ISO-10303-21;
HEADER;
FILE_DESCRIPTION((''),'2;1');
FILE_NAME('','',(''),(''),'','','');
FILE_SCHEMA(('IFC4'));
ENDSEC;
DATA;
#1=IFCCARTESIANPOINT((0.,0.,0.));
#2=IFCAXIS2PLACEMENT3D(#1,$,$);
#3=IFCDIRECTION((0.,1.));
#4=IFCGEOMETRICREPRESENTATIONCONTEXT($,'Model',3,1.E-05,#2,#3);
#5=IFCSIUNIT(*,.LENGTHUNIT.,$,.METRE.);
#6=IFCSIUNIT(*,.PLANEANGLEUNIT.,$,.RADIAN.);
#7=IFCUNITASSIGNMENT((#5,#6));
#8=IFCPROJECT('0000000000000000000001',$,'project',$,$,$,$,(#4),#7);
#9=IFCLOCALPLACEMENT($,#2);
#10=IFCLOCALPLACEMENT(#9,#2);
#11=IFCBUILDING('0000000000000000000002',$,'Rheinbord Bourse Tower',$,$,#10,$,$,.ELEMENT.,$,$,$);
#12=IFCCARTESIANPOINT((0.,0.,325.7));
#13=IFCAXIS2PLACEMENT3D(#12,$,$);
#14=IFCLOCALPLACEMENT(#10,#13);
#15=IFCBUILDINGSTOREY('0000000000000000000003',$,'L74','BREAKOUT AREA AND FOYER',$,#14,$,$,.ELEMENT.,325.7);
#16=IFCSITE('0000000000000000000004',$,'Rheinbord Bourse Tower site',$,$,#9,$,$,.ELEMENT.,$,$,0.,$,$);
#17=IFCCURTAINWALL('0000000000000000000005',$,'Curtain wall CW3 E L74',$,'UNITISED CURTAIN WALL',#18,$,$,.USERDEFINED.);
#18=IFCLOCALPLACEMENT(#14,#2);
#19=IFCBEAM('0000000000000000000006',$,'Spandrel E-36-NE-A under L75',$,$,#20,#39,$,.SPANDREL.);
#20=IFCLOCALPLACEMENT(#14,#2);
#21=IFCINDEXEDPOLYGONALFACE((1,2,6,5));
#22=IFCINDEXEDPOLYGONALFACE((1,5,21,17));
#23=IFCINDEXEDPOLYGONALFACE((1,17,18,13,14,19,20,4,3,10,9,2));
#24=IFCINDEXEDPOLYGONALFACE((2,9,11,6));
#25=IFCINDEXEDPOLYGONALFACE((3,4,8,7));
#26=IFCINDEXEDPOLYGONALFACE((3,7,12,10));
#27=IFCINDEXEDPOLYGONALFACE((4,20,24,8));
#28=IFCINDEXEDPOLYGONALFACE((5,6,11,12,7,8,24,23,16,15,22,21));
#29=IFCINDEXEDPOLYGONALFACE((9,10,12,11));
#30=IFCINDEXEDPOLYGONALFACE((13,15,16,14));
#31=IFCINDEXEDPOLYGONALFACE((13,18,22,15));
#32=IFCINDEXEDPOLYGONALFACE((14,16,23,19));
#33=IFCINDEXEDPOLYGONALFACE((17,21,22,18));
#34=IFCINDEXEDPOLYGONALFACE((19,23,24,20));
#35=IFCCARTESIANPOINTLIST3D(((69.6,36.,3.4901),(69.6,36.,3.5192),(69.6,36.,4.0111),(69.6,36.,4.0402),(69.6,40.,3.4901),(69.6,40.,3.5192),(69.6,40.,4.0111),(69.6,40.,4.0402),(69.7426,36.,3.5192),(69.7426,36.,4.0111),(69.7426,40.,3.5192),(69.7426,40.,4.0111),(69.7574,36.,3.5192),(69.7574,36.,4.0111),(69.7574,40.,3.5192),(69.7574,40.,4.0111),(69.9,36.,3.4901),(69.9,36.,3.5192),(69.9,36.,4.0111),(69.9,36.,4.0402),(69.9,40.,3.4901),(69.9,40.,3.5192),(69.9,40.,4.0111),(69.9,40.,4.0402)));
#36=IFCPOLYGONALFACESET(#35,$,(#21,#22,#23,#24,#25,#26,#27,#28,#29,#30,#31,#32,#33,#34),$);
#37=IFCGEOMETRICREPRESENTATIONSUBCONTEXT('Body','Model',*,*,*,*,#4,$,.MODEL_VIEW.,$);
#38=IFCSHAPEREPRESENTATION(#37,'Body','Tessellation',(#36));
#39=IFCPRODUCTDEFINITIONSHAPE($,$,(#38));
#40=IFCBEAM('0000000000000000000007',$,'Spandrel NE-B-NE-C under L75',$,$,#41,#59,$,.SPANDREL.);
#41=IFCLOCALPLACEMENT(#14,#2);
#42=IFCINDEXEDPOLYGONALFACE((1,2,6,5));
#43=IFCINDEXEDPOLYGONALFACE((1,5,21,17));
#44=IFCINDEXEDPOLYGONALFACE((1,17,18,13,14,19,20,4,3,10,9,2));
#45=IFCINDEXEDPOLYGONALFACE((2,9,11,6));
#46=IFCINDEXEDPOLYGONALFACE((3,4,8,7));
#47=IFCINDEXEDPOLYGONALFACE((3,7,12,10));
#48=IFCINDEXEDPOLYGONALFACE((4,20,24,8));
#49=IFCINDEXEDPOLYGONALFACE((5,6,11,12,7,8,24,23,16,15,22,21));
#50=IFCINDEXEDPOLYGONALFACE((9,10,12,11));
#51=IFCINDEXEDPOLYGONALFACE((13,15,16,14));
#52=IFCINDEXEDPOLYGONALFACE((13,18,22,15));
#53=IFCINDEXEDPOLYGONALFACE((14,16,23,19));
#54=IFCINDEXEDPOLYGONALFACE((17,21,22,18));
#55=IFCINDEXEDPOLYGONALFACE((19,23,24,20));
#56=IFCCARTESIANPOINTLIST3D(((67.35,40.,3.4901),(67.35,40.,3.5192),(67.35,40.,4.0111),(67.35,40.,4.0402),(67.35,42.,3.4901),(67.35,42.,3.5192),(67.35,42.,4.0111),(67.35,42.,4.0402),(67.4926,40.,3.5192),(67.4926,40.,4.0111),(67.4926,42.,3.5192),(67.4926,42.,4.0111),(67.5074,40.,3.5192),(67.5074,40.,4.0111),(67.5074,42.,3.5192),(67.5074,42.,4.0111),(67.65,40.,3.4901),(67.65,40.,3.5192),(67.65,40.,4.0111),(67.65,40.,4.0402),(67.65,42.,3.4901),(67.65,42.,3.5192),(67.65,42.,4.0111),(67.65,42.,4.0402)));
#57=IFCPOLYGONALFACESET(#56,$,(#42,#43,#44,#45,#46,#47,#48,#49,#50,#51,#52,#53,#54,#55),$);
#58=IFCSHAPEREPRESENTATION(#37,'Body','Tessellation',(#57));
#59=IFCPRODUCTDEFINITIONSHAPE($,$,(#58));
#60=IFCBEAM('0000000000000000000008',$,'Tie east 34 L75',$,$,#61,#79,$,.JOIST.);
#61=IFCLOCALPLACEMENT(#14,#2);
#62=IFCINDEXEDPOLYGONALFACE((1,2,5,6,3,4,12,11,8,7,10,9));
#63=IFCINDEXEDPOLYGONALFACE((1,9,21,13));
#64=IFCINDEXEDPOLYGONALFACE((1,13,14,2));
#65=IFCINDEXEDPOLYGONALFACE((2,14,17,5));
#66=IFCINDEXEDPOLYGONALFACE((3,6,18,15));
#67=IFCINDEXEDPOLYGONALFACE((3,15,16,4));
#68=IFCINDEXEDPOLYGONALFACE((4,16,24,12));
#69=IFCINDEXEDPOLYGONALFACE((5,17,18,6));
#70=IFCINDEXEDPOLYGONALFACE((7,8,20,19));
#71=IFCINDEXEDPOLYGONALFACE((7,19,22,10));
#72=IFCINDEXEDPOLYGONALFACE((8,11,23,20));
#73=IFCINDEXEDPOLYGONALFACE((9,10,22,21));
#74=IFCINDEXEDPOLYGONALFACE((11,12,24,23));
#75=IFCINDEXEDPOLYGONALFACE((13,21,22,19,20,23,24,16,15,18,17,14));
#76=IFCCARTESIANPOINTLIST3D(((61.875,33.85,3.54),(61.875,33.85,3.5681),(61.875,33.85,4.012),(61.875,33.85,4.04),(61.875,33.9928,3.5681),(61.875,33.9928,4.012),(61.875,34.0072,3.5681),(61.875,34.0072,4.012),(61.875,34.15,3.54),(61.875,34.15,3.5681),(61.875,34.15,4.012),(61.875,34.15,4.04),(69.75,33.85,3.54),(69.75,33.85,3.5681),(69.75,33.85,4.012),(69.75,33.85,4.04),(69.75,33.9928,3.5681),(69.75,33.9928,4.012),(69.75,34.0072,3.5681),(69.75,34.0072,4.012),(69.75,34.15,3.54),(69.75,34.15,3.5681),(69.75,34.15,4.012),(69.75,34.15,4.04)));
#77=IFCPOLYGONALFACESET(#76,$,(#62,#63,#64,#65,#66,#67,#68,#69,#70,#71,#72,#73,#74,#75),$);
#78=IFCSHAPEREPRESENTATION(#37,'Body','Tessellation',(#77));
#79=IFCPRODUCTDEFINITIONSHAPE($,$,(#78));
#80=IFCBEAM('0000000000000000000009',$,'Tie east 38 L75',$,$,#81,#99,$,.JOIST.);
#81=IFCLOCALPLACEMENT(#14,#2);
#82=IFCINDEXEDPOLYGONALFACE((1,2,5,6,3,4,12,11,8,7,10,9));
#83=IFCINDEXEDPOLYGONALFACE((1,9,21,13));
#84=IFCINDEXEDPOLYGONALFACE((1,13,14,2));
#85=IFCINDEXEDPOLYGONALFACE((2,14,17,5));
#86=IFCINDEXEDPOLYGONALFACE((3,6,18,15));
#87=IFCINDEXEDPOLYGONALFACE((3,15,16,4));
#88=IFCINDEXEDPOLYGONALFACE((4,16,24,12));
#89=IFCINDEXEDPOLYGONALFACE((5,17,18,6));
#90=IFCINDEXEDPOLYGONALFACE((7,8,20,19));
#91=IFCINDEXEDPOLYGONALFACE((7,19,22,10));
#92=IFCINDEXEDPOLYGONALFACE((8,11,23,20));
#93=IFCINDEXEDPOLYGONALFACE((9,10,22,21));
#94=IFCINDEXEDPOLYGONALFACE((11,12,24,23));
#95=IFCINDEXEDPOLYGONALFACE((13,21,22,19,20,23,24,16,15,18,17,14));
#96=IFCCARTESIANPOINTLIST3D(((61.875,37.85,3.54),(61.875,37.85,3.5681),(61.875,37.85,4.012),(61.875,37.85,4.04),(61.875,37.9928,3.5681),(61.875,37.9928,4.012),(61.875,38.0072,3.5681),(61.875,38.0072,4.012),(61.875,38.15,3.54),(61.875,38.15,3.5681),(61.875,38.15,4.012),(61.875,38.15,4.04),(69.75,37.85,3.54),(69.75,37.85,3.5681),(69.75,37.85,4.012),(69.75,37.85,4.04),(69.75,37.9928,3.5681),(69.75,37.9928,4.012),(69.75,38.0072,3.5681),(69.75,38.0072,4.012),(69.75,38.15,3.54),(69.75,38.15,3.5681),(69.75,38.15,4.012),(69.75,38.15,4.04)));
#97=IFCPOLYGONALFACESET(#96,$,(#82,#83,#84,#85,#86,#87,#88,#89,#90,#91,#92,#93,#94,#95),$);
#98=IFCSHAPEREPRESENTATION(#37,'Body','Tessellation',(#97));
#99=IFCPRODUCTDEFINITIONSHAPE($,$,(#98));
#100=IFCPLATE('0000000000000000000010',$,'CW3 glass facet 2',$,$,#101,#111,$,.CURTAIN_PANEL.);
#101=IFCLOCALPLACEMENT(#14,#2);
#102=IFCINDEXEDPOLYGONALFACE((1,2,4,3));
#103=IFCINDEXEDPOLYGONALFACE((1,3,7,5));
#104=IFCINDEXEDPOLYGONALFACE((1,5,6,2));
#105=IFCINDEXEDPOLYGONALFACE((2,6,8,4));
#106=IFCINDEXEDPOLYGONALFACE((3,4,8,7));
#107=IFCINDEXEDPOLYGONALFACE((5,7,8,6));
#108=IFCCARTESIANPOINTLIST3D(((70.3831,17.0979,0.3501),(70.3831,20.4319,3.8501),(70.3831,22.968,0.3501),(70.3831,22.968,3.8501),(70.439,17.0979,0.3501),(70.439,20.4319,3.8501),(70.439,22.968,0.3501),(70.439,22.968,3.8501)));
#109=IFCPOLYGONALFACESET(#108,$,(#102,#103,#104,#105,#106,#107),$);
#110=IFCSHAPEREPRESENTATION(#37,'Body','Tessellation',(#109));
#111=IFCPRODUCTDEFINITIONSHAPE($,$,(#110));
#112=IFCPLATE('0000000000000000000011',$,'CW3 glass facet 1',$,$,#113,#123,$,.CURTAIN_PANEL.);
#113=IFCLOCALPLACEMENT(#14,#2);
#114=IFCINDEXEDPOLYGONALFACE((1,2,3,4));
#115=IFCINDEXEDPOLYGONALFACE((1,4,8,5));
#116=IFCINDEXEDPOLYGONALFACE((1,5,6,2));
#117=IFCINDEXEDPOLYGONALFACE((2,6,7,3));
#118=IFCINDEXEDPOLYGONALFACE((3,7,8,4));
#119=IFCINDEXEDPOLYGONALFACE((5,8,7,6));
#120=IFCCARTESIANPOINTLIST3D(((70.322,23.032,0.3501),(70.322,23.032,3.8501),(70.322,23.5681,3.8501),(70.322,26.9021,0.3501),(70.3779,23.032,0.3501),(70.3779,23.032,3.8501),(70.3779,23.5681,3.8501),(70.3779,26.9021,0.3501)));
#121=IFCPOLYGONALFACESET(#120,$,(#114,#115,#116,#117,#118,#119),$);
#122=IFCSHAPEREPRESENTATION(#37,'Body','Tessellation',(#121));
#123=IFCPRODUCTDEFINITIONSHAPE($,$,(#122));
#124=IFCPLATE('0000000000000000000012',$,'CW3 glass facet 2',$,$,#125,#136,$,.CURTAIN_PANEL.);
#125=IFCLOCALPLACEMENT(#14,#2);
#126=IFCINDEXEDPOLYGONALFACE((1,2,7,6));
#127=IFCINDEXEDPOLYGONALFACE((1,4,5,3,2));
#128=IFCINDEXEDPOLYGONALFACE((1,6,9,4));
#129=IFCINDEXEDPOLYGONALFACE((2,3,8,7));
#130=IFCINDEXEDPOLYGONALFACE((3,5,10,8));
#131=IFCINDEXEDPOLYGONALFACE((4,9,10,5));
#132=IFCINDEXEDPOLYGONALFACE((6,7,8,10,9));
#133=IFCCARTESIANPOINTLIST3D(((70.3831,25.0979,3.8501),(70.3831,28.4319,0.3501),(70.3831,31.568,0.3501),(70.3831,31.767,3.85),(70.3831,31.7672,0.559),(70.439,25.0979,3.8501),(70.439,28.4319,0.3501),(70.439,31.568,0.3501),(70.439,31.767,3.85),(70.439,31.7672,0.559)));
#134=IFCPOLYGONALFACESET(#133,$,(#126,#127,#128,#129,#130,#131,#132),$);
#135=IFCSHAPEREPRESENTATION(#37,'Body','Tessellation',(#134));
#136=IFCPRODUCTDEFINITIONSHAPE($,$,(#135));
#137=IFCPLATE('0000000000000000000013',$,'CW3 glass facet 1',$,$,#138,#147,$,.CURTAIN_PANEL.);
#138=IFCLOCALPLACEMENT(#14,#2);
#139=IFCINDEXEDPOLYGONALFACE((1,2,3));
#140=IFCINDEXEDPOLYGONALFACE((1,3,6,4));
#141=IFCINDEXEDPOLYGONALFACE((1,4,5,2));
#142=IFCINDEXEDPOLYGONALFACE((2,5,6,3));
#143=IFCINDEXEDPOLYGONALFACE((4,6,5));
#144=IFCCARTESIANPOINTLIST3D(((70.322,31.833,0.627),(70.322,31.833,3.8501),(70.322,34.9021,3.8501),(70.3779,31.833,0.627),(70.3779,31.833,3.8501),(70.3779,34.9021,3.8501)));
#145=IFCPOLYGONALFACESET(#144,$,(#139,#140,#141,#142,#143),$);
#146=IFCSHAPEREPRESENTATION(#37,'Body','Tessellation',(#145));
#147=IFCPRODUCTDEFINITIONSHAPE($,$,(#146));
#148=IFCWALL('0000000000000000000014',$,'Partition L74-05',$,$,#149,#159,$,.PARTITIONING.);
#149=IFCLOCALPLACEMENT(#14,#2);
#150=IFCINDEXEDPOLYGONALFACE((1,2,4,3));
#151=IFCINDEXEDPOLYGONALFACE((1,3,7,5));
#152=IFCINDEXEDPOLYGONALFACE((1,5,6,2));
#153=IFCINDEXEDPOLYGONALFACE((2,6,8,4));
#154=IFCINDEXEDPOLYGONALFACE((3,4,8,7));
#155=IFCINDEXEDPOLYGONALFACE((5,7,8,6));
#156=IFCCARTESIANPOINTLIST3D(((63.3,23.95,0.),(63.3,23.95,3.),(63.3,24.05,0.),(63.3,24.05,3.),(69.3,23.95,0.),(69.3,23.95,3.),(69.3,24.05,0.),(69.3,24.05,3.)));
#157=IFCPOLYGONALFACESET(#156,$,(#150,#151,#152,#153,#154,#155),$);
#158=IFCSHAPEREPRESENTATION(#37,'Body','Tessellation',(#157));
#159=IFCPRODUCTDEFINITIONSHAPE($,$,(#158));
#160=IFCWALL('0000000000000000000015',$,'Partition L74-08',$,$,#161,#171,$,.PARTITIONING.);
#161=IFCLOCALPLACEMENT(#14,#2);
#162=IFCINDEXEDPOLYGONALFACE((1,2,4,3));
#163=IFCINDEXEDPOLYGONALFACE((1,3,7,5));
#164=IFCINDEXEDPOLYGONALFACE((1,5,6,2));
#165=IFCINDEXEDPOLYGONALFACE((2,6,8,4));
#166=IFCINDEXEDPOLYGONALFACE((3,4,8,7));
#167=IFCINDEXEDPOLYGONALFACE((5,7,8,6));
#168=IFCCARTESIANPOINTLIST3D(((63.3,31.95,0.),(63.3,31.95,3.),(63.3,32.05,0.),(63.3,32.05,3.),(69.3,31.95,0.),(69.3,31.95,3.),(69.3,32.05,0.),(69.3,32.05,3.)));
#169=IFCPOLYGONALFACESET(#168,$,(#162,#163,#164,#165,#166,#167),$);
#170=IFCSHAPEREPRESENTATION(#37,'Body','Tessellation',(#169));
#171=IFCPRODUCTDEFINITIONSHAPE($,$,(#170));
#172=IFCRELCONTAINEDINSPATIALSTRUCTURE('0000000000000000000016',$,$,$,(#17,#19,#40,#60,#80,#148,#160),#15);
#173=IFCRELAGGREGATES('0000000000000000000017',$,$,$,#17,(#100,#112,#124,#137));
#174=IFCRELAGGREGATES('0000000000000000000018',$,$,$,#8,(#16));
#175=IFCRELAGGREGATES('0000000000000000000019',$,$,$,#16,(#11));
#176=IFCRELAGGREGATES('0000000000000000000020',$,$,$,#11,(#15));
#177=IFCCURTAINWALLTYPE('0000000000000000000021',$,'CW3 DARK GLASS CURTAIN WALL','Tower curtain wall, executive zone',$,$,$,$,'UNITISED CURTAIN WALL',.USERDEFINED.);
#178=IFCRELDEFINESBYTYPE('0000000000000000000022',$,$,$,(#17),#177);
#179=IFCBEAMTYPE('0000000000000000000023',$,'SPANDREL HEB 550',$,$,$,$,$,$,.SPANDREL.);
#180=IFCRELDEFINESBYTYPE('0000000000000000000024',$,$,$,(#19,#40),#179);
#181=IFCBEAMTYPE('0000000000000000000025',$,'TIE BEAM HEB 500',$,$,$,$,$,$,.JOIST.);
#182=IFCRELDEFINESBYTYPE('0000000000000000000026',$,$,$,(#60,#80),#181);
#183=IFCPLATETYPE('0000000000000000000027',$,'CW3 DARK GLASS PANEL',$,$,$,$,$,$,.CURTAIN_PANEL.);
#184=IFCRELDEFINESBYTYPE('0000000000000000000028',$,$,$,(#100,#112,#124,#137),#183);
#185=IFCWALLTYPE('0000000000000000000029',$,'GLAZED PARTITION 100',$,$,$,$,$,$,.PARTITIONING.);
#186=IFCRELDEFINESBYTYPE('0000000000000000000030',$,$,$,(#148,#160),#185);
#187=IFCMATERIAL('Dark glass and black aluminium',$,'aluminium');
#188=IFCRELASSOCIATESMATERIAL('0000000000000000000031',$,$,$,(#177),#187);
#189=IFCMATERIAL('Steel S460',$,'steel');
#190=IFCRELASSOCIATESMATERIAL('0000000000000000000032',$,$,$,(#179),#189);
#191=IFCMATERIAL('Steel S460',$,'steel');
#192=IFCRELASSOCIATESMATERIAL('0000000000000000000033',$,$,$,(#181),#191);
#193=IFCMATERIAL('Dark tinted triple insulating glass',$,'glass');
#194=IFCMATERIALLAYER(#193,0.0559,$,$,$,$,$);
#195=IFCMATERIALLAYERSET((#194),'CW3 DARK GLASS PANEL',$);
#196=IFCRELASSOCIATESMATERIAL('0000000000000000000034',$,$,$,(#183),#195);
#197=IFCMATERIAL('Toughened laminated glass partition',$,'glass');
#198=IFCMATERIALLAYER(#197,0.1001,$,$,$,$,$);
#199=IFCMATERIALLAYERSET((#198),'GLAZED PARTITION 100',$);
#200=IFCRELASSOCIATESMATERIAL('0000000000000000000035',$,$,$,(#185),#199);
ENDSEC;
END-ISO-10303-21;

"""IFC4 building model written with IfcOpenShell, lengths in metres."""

from ifc_helpers import new_model, si_unit, direction, frame, frame_2d, origin, origin_2d, place, context, subcontext, project, spatial, polyline, rectangle, i_section, outline, extrude, material, layer, layer_set, material_profile, profile_set, type_object, element, aggregate, save


model = new_model("IFC4")

# Units and contexts
model_context = context("Model", 3, precision=1e-05, world=origin(), true_north=direction((0.0, 1.0)))
body_context = subcontext(model_context, "Body", "Model", "MODEL_VIEW")
ifc_project = project(units=[si_unit("LENGTHUNIT", "METRE"), si_unit("PLANEANGLEUNIT", "RADIAN")], contexts=[model_context])

# Site, building, storey
site_placement = place(None, origin())
site = spatial("IfcSite", under=ifc_project, at=site_placement, Name="Rheinbord Bourse Tower site", CompositionType="ELEMENT", RefElevation=0.0)
building_placement = place(site_placement, origin())
building = spatial("IfcBuilding", under=site, at=building_placement, Name="Rheinbord Bourse Tower", CompositionType="ELEMENT")
storey_placement = place(building_placement, frame((0.0, 0.0, 325.7)))
storey = spatial("IfcBuildingStorey", under=building, at=storey_placement, Name="L74", Description="BREAKOUT AREA AND FOYER", CompositionType="ELEMENT", Elevation=325.7)

# Curtain wall
ifc_material_1 = material(Name="Dark glass and black aluminium", Category="aluminium")
curtain_wall_type = type_object("IfcCurtainWallType", Name="CW3 DARK GLASS CURTAIN WALL", Description="Tower curtain wall, executive zone", ElementType="UNITISED CURTAIN WALL", PredefinedType="USERDEFINED", material=ifc_material_1)
curtain_wall_placement = place(storey_placement, origin())
curtain_wall = element("IfcCurtainWall", 1, at=curtain_wall_placement, inside=storey, type_object=curtain_wall_type, Name="Curtain wall CW3 E L74", ObjectType="UNITISED CURTAIN WALL", PredefinedType="USERDEFINED")

# Beams
ifc_material_2 = material(Name="Steel S460", Category="steel")
ifc_material_profile_1 = material_profile(ifc_material_2, i_section(OverallWidth=0.3, OverallDepth=0.55, WebThickness=0.0149, FlangeThickness=0.0291, at=origin_2d()), Name="HEB 550")
ifc_profile_set_1 = profile_set([ifc_material_profile_1], Name="Steel S460")
beam_type_1 = type_object("IfcBeamType", Name="SPANDREL HEB 550", PredefinedType="SPANDREL", material=ifc_profile_set_1)
for number, where, z_axis, x_axis, name in (
    (2, (69.75, 36.0, 3.7651), (0.0, 1.0, 0.0), (-1.0, 0.0, 0.0), "Spandrel E-36-NE-A under L75"),
):
    element("IfcBeam", number, at=place(storey_placement, frame(where, z_axis=z_axis, x_axis=x_axis)), inside=storey, type_object=beam_type_1, Name=name, PredefinedType="SPANDREL", context=body_context, shape_type="SweptSolid", body=[
        extrude(i_section(OverallWidth=0.3, OverallDepth=0.55, WebThickness=0.0149, FlangeThickness=0.0291, at=origin_2d()), origin(), (0.0, 0.0, 1.0), 4.0),
    ])
beam_placement = place(storey_placement, frame((67.5, 40.0, 3.7651), z_axis=(0.0, 1.0, 0.0), x_axis=(-1.0, 0.0, 0.0)))
element("IfcBeam", 3, at=beam_placement, inside=storey, type_object=beam_type_1, Name="Spandrel NE-B-NE-C under L75", PredefinedType="SPANDREL", context=body_context, shape_type="SweptSolid", body=[
    extrude(i_section(OverallWidth=0.3, OverallDepth=0.55, WebThickness=0.0149, FlangeThickness=0.0291, at=origin_2d()), origin(), (0.0, 0.0, 1.0), 2.0),
])
ifc_material_3 = material(Name="Steel S460", Category="steel")
ifc_material_profile_2 = material_profile(ifc_material_3, i_section(OverallWidth=0.3, OverallDepth=0.5, WebThickness=0.0144, FlangeThickness=0.0281, at=origin_2d()), Name="HEB 500")
ifc_profile_set_2 = profile_set([ifc_material_profile_2], Name="Steel S460")
beam_type_2 = type_object("IfcBeamType", Name="TIE BEAM HEB 500", PredefinedType="JOIST", material=ifc_profile_set_2)
for number, where, z_axis, x_axis, name in (
    (4, (61.875, 34.0, 3.79), (1.0, 0.0, 0.0), (0.0, 1.0, 0.0), "Tie east 34 L75"),
    (5, (61.875, 38.0, 3.79), (1.0, 0.0, 0.0), (0.0, 1.0, 0.0), "Tie east 38 L75"),
):
    element("IfcBeam", number, at=place(storey_placement, frame(where, z_axis=z_axis, x_axis=x_axis)), inside=storey, type_object=beam_type_2, Name=name, PredefinedType="JOIST", context=body_context, shape_type="SweptSolid", body=[
        extrude(i_section(OverallWidth=0.3, OverallDepth=0.5, WebThickness=0.0144, FlangeThickness=0.0281, at=origin_2d()), origin(), (0.0, 0.0, 1.0), 7.875),
    ])

# Plates
ifc_material_4 = material(Name="Dark tinted triple insulating glass", Category="glass")
ifc_layer_1 = layer(ifc_material_4, 0.0559)
ifc_layer_set_1 = layer_set([ifc_layer_1], Name="CW3 DARK GLASS PANEL")
plate_type = type_object("IfcPlateType", Name="CW3 DARK GLASS PANEL", PredefinedType="CURTAIN_PANEL", material=ifc_layer_set_1)
plate_1_placement = place(storey_placement, frame((70.439, 22.968, 3.8501), z_axis=(-1.0, 0.0, 0.0), x_axis=(0.0, 0.0, -1.0)))
plate_1 = element("IfcPlate", 6, at=plate_1_placement, type_object=plate_type, Name="CW3 glass facet 2", PredefinedType="CURTAIN_PANEL", context=body_context, shape_type="SweptSolid", body=[
    extrude(outline(polyline([(0.0, 0.0), (3.5, 0.0), (3.5, 5.8701), (0.0, 2.5361), (0.0, 0.0)])), origin(), (0.0, 0.0, 1.0), 0.0559),
])
plate_2_placement = place(storey_placement, frame((70.3779, 23.032, 0.3501), z_axis=(-1.0, 0.0, 0.0), x_axis=(0.0, 0.0, 1.0)))
plate_2 = element("IfcPlate", 7, at=plate_2_placement, type_object=plate_type, Name="CW3 glass facet 1", PredefinedType="CURTAIN_PANEL", context=body_context, shape_type="SweptSolid", body=[
    extrude(outline(polyline([(0.0, 0.0), (3.5, 0.0), (3.5, 0.5361), (0.0, 3.8701), (0.0, 0.0)])), origin(), (0.0, 0.0, 1.0), 0.0559),
])
plate_3_placement = place(storey_placement, frame((70.439, 28.4319, 0.3501), z_axis=(-1.0, 0.0, 0.0), x_axis=(0.0, -0.689726, 0.724071)))
plate_3 = element("IfcPlate", 8, at=plate_3_placement, type_object=plate_type, Name="CW3 glass facet 2", PredefinedType="CURTAIN_PANEL", context=body_context, shape_type="SweptSolid", body=[
    extrude(outline(polyline([(0.0, 0.0), (4.8337, 0.0), (0.2339, 4.8289), (-2.1492, 2.5591), (-2.1631, 2.2708), (0.0, 0.0)])), origin(), (0.0, 0.0, 1.0), 0.0559),
])
plate_4_placement = place(storey_placement, frame((70.3779, 31.833, 3.8501), z_axis=(-1.0, 0.0, 0.0), x_axis=(0.0, 1.0, 0.0)))
plate_4 = element("IfcPlate", 9, at=plate_4_placement, type_object=plate_type, Name="CW3 glass facet 1", PredefinedType="CURTAIN_PANEL", context=body_context, shape_type="SweptSolid", body=[
    extrude(outline(polyline([(0.0, 0.0), (3.0691, 0.0), (0.0, 3.2231), (0.0, 0.0)])), origin(), (0.0, 0.0, 1.0), 0.0559),
])
aggregate(curtain_wall, [plate_1, plate_2, plate_3, plate_4])

# Walls
ifc_material_5 = material(Name="Toughened laminated glass partition", Category="glass")
ifc_layer_2 = layer(ifc_material_5, 0.1001)
ifc_layer_set_2 = layer_set([ifc_layer_2], Name="GLAZED PARTITION 100")
wall_type = type_object("IfcWallType", Name="GLAZED PARTITION 100", PredefinedType="PARTITIONING", material=ifc_layer_set_2)
for number, where, z_axis, x_axis, name in (
    (10, (63.3, 24.0, 0.0), (0.0, 0.0, 1.0), (1.0, 0.0, 0.0), "Partition L74-05"),
    (11, (63.3, 32.0, 0.0), (0.0, 0.0, 1.0), (1.0, 0.0, 0.0), "Partition L74-08"),
):
    element("IfcWall", number, at=place(storey_placement, frame(where, z_axis=z_axis, x_axis=x_axis)), inside=storey, type_object=wall_type, Name=name, PredefinedType="PARTITIONING", context=body_context, shape_type="SweptSolid", body=[
        extrude(rectangle(XDim=6.0, YDim=0.1001, at=frame_2d((3.0, 0.0))), origin(), (0.0, 0.0, 1.0), 3.0),
    ])

save(model, "model.ifc")
